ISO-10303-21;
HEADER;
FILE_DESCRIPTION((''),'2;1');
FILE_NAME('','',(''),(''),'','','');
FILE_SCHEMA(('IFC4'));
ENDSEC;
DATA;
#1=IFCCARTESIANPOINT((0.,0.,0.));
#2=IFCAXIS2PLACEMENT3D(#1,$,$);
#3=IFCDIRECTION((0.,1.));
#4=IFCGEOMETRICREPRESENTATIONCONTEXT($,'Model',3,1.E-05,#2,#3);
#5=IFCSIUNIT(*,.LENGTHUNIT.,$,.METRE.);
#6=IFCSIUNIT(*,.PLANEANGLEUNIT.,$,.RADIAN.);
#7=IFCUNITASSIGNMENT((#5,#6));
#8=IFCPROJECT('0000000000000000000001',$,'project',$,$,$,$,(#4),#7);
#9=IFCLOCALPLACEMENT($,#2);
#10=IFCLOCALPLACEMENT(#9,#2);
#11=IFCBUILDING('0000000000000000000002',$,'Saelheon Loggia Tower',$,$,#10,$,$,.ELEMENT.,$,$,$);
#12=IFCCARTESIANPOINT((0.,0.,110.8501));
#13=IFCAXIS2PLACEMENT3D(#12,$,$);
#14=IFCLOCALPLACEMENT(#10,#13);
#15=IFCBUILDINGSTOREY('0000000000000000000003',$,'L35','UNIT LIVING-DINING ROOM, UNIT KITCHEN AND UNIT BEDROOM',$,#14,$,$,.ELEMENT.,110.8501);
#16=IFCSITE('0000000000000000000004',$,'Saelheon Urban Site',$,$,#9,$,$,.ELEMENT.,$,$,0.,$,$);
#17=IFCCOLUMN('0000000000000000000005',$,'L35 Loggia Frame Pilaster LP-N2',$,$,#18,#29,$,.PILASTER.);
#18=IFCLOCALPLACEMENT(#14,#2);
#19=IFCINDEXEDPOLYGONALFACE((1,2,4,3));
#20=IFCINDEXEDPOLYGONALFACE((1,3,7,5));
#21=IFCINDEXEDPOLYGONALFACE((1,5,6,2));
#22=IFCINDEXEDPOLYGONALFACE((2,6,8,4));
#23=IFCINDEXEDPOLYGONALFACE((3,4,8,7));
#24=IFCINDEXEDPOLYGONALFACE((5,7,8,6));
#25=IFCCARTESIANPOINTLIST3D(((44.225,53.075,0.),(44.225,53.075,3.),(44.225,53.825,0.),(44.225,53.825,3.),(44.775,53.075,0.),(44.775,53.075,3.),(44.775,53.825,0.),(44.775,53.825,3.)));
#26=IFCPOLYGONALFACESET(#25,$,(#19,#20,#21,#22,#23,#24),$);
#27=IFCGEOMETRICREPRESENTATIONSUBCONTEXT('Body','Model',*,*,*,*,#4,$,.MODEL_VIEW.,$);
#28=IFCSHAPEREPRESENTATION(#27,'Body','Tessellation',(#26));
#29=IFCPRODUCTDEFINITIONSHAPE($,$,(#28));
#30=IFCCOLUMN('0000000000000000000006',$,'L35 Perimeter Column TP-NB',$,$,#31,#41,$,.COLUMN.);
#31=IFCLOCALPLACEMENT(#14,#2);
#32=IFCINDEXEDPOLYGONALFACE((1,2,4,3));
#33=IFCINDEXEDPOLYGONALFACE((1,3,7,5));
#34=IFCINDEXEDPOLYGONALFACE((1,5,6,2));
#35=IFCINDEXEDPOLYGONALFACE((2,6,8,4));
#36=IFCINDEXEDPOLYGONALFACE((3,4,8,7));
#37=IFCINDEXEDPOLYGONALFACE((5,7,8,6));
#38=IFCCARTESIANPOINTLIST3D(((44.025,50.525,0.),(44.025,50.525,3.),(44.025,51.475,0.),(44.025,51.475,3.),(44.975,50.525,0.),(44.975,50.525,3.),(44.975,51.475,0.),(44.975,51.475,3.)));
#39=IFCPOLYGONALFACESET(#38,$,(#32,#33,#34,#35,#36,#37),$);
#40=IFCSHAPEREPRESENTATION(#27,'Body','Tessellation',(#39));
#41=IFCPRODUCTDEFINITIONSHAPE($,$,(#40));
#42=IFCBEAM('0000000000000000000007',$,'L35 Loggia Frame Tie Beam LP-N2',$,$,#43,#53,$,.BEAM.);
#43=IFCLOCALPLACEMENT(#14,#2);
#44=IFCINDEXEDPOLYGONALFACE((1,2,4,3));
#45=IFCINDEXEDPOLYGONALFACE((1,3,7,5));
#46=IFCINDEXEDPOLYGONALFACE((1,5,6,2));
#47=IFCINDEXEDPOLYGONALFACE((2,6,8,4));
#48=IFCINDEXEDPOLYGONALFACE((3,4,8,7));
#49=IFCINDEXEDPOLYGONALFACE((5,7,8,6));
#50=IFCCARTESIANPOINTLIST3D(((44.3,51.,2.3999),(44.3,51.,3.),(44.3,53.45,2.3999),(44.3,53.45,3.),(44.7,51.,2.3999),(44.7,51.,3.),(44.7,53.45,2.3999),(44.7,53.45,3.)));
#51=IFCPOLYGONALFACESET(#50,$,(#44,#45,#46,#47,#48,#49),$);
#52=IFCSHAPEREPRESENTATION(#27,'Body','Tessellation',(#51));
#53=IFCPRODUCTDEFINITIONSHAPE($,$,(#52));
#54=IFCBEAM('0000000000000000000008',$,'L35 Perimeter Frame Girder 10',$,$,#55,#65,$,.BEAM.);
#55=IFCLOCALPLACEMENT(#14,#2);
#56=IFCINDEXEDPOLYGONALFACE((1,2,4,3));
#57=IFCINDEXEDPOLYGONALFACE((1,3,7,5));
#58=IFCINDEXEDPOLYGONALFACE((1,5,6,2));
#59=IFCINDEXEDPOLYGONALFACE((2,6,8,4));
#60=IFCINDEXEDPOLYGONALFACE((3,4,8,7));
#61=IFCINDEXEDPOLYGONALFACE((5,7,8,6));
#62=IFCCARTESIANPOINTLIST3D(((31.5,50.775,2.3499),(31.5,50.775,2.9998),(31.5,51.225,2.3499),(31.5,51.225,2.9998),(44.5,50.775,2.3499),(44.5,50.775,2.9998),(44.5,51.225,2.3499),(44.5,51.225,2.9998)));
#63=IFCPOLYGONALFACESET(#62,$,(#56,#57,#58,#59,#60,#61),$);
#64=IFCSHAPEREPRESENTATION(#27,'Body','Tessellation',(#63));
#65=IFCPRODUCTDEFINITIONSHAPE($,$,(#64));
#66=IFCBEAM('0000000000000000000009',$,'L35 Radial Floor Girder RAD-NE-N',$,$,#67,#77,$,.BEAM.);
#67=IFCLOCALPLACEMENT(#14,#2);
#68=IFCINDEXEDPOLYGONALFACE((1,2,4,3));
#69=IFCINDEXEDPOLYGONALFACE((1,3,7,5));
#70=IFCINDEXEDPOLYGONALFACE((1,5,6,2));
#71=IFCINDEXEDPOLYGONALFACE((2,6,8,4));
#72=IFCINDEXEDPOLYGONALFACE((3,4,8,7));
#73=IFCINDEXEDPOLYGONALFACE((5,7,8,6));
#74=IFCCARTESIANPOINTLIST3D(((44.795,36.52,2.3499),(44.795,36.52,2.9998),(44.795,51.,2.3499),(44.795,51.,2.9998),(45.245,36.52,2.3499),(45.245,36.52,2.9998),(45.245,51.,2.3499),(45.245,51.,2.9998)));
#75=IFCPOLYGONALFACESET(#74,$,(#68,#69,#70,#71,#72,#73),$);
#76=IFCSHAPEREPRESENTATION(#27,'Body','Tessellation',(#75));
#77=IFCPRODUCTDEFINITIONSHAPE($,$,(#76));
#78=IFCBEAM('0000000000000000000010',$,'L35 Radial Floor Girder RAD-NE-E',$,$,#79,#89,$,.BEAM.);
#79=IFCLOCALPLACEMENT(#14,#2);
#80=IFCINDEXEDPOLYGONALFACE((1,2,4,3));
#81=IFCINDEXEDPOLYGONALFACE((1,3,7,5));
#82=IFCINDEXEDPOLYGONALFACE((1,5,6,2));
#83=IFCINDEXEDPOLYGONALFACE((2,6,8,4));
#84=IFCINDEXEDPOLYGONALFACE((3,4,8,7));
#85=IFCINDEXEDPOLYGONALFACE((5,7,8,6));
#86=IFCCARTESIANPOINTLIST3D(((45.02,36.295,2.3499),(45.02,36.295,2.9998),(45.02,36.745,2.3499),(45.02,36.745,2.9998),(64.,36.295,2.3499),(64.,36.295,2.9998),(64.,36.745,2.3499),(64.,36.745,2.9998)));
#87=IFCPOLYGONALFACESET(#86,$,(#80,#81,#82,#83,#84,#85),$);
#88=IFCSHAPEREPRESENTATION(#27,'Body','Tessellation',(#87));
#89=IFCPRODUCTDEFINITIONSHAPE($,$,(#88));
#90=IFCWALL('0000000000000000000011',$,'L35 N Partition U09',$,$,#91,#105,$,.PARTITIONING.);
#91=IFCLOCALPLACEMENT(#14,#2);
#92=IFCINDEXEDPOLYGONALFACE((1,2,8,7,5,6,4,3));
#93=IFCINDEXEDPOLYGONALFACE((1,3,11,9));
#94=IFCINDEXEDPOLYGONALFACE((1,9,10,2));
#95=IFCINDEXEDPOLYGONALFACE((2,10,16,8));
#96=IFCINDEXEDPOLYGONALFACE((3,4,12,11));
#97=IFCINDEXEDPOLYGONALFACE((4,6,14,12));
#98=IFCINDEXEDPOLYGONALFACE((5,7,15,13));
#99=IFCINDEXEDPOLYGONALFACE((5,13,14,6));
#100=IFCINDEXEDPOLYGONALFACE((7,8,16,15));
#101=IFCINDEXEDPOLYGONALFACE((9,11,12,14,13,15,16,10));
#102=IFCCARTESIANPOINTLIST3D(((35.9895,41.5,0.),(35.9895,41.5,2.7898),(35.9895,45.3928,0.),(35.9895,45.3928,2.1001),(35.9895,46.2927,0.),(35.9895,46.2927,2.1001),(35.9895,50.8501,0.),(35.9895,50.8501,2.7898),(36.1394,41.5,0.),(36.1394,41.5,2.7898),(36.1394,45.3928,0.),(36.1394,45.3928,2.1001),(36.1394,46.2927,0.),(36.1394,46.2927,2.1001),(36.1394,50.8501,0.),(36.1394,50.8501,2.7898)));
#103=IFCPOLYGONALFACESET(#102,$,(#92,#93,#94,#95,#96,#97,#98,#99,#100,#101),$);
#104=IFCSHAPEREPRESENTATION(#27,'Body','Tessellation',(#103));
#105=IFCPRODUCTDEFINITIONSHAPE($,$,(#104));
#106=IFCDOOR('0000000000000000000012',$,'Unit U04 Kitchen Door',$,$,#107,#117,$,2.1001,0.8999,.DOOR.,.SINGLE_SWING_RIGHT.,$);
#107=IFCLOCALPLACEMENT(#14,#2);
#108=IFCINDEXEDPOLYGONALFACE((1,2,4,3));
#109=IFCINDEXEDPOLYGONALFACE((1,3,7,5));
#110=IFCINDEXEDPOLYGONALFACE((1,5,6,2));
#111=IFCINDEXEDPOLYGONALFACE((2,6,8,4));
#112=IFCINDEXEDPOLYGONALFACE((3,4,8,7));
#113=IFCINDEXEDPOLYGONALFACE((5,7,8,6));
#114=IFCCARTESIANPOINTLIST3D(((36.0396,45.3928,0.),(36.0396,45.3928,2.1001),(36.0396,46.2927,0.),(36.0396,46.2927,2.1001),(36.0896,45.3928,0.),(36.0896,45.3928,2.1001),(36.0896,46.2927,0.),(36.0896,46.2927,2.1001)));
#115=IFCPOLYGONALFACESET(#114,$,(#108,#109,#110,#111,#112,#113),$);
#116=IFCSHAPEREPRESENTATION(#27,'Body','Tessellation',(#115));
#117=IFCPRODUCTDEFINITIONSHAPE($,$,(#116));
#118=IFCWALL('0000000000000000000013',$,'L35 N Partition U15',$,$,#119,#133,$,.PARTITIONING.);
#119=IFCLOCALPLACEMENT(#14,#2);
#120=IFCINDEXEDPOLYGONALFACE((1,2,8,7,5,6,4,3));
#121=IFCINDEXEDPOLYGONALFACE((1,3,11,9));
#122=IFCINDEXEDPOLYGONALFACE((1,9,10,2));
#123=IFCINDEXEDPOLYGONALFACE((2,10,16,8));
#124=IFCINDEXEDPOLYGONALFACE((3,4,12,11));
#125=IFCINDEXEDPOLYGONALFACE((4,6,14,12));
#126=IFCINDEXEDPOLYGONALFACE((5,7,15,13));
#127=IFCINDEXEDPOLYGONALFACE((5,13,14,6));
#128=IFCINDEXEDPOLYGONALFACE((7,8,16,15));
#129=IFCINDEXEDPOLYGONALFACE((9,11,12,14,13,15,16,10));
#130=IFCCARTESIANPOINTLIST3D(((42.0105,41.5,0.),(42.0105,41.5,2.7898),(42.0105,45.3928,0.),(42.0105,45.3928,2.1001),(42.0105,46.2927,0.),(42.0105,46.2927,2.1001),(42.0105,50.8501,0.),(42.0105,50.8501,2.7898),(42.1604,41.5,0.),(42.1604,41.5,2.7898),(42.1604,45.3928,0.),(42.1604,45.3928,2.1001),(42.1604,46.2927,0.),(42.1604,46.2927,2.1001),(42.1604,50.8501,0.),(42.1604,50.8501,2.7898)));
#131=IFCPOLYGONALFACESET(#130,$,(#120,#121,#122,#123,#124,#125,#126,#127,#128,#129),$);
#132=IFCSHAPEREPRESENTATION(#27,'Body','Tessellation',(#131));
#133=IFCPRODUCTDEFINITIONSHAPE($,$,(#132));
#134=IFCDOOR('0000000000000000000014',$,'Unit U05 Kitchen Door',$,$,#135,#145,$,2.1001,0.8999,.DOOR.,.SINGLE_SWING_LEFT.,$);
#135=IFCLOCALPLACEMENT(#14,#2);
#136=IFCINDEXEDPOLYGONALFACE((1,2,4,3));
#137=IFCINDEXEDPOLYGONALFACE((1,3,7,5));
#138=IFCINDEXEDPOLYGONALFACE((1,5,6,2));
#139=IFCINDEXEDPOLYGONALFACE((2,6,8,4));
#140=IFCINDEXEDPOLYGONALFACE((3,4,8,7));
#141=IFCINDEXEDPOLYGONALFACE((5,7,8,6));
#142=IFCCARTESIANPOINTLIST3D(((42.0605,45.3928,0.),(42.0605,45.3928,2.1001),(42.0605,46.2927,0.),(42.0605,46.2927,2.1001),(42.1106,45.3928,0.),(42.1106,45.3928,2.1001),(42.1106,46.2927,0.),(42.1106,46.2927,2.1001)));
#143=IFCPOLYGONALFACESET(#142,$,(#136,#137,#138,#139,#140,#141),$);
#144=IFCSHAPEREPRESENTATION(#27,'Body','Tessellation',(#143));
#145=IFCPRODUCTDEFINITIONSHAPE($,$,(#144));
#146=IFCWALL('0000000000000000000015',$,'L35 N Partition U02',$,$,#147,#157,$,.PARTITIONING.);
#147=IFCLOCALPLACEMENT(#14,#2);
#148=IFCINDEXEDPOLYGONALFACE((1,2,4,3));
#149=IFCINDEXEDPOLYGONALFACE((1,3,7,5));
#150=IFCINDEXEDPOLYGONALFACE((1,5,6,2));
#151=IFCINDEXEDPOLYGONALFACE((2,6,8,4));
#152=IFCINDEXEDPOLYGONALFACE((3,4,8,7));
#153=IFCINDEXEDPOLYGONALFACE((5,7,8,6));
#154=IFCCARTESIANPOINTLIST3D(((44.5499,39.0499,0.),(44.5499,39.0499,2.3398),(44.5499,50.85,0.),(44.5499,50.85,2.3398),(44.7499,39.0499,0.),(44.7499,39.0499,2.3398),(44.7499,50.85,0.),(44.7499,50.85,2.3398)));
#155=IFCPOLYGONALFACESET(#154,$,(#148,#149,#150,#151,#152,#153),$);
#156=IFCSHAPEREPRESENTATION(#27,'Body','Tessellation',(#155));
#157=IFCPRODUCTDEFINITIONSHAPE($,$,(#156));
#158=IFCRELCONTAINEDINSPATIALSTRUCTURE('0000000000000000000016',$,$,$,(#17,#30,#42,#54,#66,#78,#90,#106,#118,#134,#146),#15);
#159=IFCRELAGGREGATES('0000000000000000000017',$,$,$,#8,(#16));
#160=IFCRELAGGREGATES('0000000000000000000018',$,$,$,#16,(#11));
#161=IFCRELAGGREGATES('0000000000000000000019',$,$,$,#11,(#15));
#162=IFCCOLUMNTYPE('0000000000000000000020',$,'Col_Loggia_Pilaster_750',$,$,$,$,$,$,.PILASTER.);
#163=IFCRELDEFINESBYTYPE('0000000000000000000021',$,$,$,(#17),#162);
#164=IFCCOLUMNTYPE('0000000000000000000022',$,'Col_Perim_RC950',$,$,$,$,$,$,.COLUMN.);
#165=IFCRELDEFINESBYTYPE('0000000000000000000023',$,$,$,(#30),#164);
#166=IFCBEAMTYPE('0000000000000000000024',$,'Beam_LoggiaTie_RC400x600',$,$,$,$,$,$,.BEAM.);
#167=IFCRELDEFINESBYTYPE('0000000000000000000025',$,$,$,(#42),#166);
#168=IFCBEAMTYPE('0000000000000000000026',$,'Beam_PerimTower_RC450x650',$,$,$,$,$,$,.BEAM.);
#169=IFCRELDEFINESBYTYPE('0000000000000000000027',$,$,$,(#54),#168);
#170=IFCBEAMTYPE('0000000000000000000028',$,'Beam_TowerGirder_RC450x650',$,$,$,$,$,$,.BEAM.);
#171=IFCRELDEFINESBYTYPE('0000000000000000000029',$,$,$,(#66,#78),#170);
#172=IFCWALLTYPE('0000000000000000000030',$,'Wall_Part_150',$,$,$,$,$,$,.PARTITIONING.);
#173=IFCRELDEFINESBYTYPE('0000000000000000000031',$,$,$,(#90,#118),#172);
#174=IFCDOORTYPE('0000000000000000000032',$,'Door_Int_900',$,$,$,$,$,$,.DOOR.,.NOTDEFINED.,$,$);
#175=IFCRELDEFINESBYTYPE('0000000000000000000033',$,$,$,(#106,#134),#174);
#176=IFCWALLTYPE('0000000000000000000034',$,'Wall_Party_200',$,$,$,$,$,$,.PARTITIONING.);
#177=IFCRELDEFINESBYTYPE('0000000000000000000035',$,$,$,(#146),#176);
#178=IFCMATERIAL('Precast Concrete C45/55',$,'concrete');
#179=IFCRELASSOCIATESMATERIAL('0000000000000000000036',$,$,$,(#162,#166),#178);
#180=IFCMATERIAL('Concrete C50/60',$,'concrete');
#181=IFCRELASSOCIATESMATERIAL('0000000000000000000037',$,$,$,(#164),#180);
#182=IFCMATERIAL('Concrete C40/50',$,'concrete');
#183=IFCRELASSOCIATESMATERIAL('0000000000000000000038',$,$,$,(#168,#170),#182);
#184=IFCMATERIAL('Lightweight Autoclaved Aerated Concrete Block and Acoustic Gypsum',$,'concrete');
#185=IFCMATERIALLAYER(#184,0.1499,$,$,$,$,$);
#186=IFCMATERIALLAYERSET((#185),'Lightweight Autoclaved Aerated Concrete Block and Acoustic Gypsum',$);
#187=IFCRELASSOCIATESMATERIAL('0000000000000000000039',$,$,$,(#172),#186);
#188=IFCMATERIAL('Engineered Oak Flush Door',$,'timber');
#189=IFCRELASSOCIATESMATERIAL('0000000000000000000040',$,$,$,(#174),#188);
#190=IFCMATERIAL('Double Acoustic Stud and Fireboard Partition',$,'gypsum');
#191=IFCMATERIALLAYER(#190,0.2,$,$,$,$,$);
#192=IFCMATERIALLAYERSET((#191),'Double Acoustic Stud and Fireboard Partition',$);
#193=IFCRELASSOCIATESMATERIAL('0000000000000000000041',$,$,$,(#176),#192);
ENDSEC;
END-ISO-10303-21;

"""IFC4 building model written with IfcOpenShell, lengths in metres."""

from ifc_helpers import new_model, si_unit, direction, frame, frame_2d, origin, origin_2d, place, context, subcontext, project, spatial, rectangle, extrude, source, transform, mapped, material, layer, layer_set, material_profile, profile_set, type_object, element, fill, save


model = new_model("IFC4")

# Units and contexts
model_context = context("Model", 3, precision=1e-05, world=origin(), true_north=direction((0.0, 1.0)))
body_context = subcontext(model_context, "Body", "Model", "MODEL_VIEW")
ifc_project = project(units=[si_unit("LENGTHUNIT", "METRE"), si_unit("PLANEANGLEUNIT", "RADIAN")], contexts=[model_context])

# Site, building, storey
site_placement = place(None, origin())
site = spatial("IfcSite", under=ifc_project, at=site_placement, Name="Saelheon Urban Site", CompositionType="ELEMENT", RefElevation=0.0)
building_placement = place(site_placement, origin())
building = spatial("IfcBuilding", under=site, at=building_placement, Name="Saelheon Loggia Tower", CompositionType="ELEMENT")
storey_placement = place(building_placement, frame((0.0, 0.0, 110.8501)))
storey = spatial("IfcBuildingStorey", under=building, at=storey_placement, Name="L35", Description="UNIT LIVING-DINING ROOM, UNIT KITCHEN AND UNIT BEDROOM", CompositionType="ELEMENT", Elevation=110.8501)

# Columns
ifc_material_1 = material(Name="Precast Concrete C45/55", Category="concrete")
ifc_material_profile_1 = material_profile(ifc_material_1, rectangle(XDim=0.55, YDim=0.75, at=origin_2d()), Name="RC-550x750")
ifc_profile_set_1 = profile_set([ifc_material_profile_1], Name="Precast Concrete C45/55")
column_type_1 = type_object("IfcColumnType", Name="Col_Loggia_Pilaster_750", PredefinedType="PILASTER", material=ifc_profile_set_1)
shared_shape_1 = source(origin(), body_context, "Body", "SweptSolid", [
    extrude(rectangle(XDim=0.55, YDim=0.75, at=origin_2d()), origin(), (0.0, 0.0, 1.0), 3.0),
])
column_1_placement = place(storey_placement, frame((44.5, 53.45, 0.0), z_axis=(0.0, 0.0, 1.0), x_axis=(1.0, 0.0, 0.0)))
element("IfcColumn", 1, at=column_1_placement, inside=storey, type_object=column_type_1, Name="L35 Loggia Frame Pilaster LP-N2", PredefinedType="PILASTER", context=body_context, shape_type="MappedRepresentation", body=[
    mapped(shared_shape_1, transform((0.0, 0.0, 0.0), scale=1.0)),
])
ifc_material_2 = material(Name="Concrete C50/60", Category="concrete")
ifc_material_profile_2 = material_profile(ifc_material_2, rectangle(XDim=0.95, YDim=0.95, at=origin_2d()), Name="RC-950x950")
ifc_profile_set_2 = profile_set([ifc_material_profile_2], Name="Concrete C50/60")
column_type_2 = type_object("IfcColumnType", Name="Col_Perim_RC950", PredefinedType="COLUMN", material=ifc_profile_set_2)
shared_shape_2 = source(origin(), body_context, "Body", "SweptSolid", [
    extrude(rectangle(XDim=0.95, YDim=0.95, at=origin_2d()), origin(), (0.0, 0.0, 1.0), 3.0),
])
column_2_placement = place(storey_placement, frame((44.5, 51.0, 0.0), z_axis=(0.0, 0.0, 1.0), x_axis=(1.0, 0.0, 0.0)))
element("IfcColumn", 2, at=column_2_placement, inside=storey, type_object=column_type_2, Name="L35 Perimeter Column TP-NB", PredefinedType="COLUMN", context=body_context, shape_type="MappedRepresentation", body=[
    mapped(shared_shape_2, transform((0.0, 0.0, 0.0), scale=1.0)),
])

# Beams
ifc_material_profile_3 = material_profile(ifc_material_1, rectangle(XDim=0.3999, YDim=0.6001, at=origin_2d()), Name="RC-400x600")
ifc_profile_set_3 = profile_set([ifc_material_profile_3], Name="Precast Concrete C45/55")
beam_type_1 = type_object("IfcBeamType", Name="Beam_LoggiaTie_RC400x600", PredefinedType="BEAM", material=ifc_profile_set_3)
shared_shape_3 = source(origin(), body_context, "Body", "SweptSolid", [
    extrude(rectangle(XDim=0.3999, YDim=0.6001, at=origin_2d()), origin(), (0.0, 0.0, 1.0), 2.45),
])
beam_1_placement = place(storey_placement, frame((44.5, 51.0, 2.7), z_axis=(0.0, 1.0, 0.0), x_axis=(-1.0, 0.0, 0.0)))
element("IfcBeam", 3, at=beam_1_placement, inside=storey, type_object=beam_type_1, Name="L35 Loggia Frame Tie Beam LP-N2", PredefinedType="BEAM", context=body_context, shape_type="MappedRepresentation", body=[
    mapped(shared_shape_3, transform((0.0, 0.0, 0.0), scale=1.0)),
])
ifc_material_3 = material(Name="Concrete C40/50", Category="concrete")
ifc_material_profile_4 = material_profile(ifc_material_3, rectangle(XDim=0.45, YDim=0.6499, at=origin_2d()), Name="RC-450x650")
ifc_profile_set_4 = profile_set([ifc_material_profile_4], Name="Concrete C40/50")
beam_type_2 = type_object("IfcBeamType", Name="Beam_PerimTower_RC450x650", PredefinedType="BEAM", material=ifc_profile_set_4)
shared_shape_4 = source(origin(), body_context, "Body", "SweptSolid", [
    extrude(rectangle(XDim=0.45, YDim=0.6499, at=origin_2d()), origin(), (0.0, 0.0, 1.0), 13.0),
])
beam_2_placement = place(storey_placement, frame((44.5, 51.0, 2.6748), z_axis=(-1.0, 0.0, 0.0), x_axis=(0.0, -1.0, 0.0)))
element("IfcBeam", 4, at=beam_2_placement, inside=storey, type_object=beam_type_2, Name="L35 Perimeter Frame Girder 10", PredefinedType="BEAM", context=body_context, shape_type="MappedRepresentation", body=[
    mapped(shared_shape_4, transform((0.0, 0.0, 0.0), scale=1.0)),
])
ifc_material_profile_5 = material_profile(ifc_material_3, rectangle(XDim=0.45, YDim=0.6499, at=origin_2d()), Name="RC-450x650")
ifc_profile_set_5 = profile_set([ifc_material_profile_5], Name="Concrete C40/50")
beam_type_3 = type_object("IfcBeamType", Name="Beam_TowerGirder_RC450x650", PredefinedType="BEAM", material=ifc_profile_set_5)
shared_shape_5 = source(origin(), body_context, "Body", "SweptSolid", [
    extrude(rectangle(XDim=0.45, YDim=0.6499, at=origin_2d()), origin(), (0.0, 0.0, 1.0), 14.48),
])
beam_3_placement = place(storey_placement, frame((45.02, 36.52, 2.6748), z_axis=(0.0, 1.0, 0.0), x_axis=(-1.0, 0.0, 0.0)))
element("IfcBeam", 5, at=beam_3_placement, inside=storey, type_object=beam_type_3, Name="L35 Radial Floor Girder RAD-NE-N", PredefinedType="BEAM", context=body_context, shape_type="MappedRepresentation", body=[
    mapped(shared_shape_5, transform((0.0, 0.0, 0.0), scale=1.0)),
])
shared_shape_6 = source(origin(), body_context, "Body", "SweptSolid", [
    extrude(rectangle(XDim=0.45, YDim=0.6499, at=origin_2d()), origin(), (0.0, 0.0, 1.0), 18.98),
])
beam_4_placement = place(storey_placement, frame((45.02, 36.52, 2.6748), z_axis=(1.0, 0.0, 0.0), x_axis=(0.0, 1.0, 0.0)))
element("IfcBeam", 6, at=beam_4_placement, inside=storey, type_object=beam_type_3, Name="L35 Radial Floor Girder RAD-NE-E", PredefinedType="BEAM", context=body_context, shape_type="MappedRepresentation", body=[
    mapped(shared_shape_6, transform((0.0, 0.0, 0.0), scale=1.0)),
])

# Walls, openings, doors
ifc_material_4 = material(Name="Lightweight Autoclaved Aerated Concrete Block and Acoustic Gypsum", Category="concrete")
ifc_layer_1 = layer(ifc_material_4, 0.1499)
ifc_layer_set_1 = layer_set([ifc_layer_1], Name="Lightweight Autoclaved Aerated Concrete Block and Acoustic Gypsum")
wall_type_1 = type_object("IfcWallType", Name="Wall_Part_150", PredefinedType="PARTITIONING", material=ifc_layer_set_1)
wall_1_placement = place(storey_placement, frame((36.0645, 41.5, 0.0), z_axis=(0.0, 0.0, 1.0), x_axis=(0.0, 1.0, 0.0)))
wall_1 = element("IfcWall", 7, at=wall_1_placement, inside=storey, type_object=wall_type_1, Name="L35 N Partition U09", PredefinedType="PARTITIONING", context=body_context, shape_type="SweptSolid", body=[
    extrude(rectangle(XDim=9.3501, YDim=0.1499, at=frame_2d((4.675, 0.0))), origin(), (0.0, 0.0, 1.0), 2.7898),
])
opening_1_placement = place(wall_1_placement, frame((3.8928, 0.0, 0.0)))
opening_1 = element("IfcOpeningElement", 8, at=opening_1_placement, cuts=wall_1, PredefinedType="OPENING", context=body_context, shape_type="SweptSolid", body=[
    extrude(rectangle(XDim=0.8999, YDim=2.1001, at=frame_2d((0.45, 1.05))), frame((0.0, 0.0869, 0.0), z_axis=(0.0, -1.0, 0.0), x_axis=(1.0, 0.0, 0.0)), (0.0, 0.0, 1.0), 0.1738),
])
ifc_material_5 = material(Name="Engineered Oak Flush Door", Category="timber")
door_type_1 = type_object("IfcDoorType", Name="Door_Int_900", OperationType="NOTDEFINED", PredefinedType="DOOR", material=ifc_material_5)
shared_shape_7 = source(origin(), body_context, "Body", "SweptSolid", [
    extrude(rectangle(XDim=0.8999, YDim=2.1001, at=frame_2d((0.45, 1.05))), frame((0.0, 0.0249, 0.0), z_axis=(0.0, -1.0, 0.0), x_axis=(1.0, 0.0, 0.0)), (0.0, 0.0, 1.0), 0.05),
])
door_1_placement = place(opening_1_placement, origin())
door_1 = element("IfcDoor", 9, at=door_1_placement, inside=storey, type_object=door_type_1, Name="Unit U04 Kitchen Door", OperationType="SINGLE_SWING_RIGHT", OverallHeight=2.1001, OverallWidth=0.8999, PredefinedType="DOOR", context=body_context, shape_type="MappedRepresentation", body=[
    mapped(shared_shape_7, transform((0.0, 0.0, 0.0), scale=1.0)),
])
fill(opening_1, door_1)
wall_2_placement = place(storey_placement, frame((42.0854, 41.5, 0.0), z_axis=(0.0, 0.0, 1.0), x_axis=(0.0, 1.0, 0.0)))
wall_2 = element("IfcWall", 10, at=wall_2_placement, inside=storey, type_object=wall_type_1, Name="L35 N Partition U15", PredefinedType="PARTITIONING", context=body_context, shape_type="SweptSolid", body=[
    extrude(rectangle(XDim=9.3501, YDim=0.1499, at=frame_2d((4.675, 0.0))), origin(), (0.0, 0.0, 1.0), 2.7898),
])
opening_2_placement = place(wall_2_placement, frame((3.8928, 0.0, 0.0)))
opening_2 = element("IfcOpeningElement", 11, at=opening_2_placement, cuts=wall_2, PredefinedType="OPENING", context=body_context, shape_type="SweptSolid", body=[
    extrude(rectangle(XDim=0.8999, YDim=2.1001, at=frame_2d((0.45, 1.05))), frame((0.0, 0.0869, 0.0), z_axis=(0.0, -1.0, 0.0), x_axis=(1.0, 0.0, 0.0)), (0.0, 0.0, 1.0), 0.1738),
])
door_2_placement = place(opening_2_placement, origin())
door_2 = element("IfcDoor", 12, at=door_2_placement, inside=storey, type_object=door_type_1, Name="Unit U05 Kitchen Door", OperationType="SINGLE_SWING_LEFT", OverallHeight=2.1001, OverallWidth=0.8999, PredefinedType="DOOR", context=body_context, shape_type="MappedRepresentation", body=[
    mapped(shared_shape_7, transform((0.0, 0.0, 0.0), scale=1.0)),
])
fill(opening_2, door_2)

# Wall
ifc_material_6 = material(Name="Double Acoustic Stud and Fireboard Partition", Category="gypsum")
ifc_layer_2 = layer(ifc_material_6, 0.2)
ifc_layer_set_2 = layer_set([ifc_layer_2], Name="Double Acoustic Stud and Fireboard Partition")
wall_type_2 = type_object("IfcWallType", Name="Wall_Party_200", PredefinedType="PARTITIONING", material=ifc_layer_set_2)
wall_3_placement = place(storey_placement, frame((44.6499, 39.05, 0.0), z_axis=(0.0, 0.0, 1.0), x_axis=(0.0, 1.0, 0.0)))
element("IfcWall", 13, at=wall_3_placement, inside=storey, type_object=wall_type_2, Name="L35 N Partition U02", PredefinedType="PARTITIONING", context=body_context, shape_type="SweptSolid", body=[
    extrude(rectangle(XDim=11.8, YDim=0.2, at=frame_2d((5.8999, 0.0))), origin(), (0.0, 0.0, 1.0), 2.3398),
])

save(model, "model.ifc")
